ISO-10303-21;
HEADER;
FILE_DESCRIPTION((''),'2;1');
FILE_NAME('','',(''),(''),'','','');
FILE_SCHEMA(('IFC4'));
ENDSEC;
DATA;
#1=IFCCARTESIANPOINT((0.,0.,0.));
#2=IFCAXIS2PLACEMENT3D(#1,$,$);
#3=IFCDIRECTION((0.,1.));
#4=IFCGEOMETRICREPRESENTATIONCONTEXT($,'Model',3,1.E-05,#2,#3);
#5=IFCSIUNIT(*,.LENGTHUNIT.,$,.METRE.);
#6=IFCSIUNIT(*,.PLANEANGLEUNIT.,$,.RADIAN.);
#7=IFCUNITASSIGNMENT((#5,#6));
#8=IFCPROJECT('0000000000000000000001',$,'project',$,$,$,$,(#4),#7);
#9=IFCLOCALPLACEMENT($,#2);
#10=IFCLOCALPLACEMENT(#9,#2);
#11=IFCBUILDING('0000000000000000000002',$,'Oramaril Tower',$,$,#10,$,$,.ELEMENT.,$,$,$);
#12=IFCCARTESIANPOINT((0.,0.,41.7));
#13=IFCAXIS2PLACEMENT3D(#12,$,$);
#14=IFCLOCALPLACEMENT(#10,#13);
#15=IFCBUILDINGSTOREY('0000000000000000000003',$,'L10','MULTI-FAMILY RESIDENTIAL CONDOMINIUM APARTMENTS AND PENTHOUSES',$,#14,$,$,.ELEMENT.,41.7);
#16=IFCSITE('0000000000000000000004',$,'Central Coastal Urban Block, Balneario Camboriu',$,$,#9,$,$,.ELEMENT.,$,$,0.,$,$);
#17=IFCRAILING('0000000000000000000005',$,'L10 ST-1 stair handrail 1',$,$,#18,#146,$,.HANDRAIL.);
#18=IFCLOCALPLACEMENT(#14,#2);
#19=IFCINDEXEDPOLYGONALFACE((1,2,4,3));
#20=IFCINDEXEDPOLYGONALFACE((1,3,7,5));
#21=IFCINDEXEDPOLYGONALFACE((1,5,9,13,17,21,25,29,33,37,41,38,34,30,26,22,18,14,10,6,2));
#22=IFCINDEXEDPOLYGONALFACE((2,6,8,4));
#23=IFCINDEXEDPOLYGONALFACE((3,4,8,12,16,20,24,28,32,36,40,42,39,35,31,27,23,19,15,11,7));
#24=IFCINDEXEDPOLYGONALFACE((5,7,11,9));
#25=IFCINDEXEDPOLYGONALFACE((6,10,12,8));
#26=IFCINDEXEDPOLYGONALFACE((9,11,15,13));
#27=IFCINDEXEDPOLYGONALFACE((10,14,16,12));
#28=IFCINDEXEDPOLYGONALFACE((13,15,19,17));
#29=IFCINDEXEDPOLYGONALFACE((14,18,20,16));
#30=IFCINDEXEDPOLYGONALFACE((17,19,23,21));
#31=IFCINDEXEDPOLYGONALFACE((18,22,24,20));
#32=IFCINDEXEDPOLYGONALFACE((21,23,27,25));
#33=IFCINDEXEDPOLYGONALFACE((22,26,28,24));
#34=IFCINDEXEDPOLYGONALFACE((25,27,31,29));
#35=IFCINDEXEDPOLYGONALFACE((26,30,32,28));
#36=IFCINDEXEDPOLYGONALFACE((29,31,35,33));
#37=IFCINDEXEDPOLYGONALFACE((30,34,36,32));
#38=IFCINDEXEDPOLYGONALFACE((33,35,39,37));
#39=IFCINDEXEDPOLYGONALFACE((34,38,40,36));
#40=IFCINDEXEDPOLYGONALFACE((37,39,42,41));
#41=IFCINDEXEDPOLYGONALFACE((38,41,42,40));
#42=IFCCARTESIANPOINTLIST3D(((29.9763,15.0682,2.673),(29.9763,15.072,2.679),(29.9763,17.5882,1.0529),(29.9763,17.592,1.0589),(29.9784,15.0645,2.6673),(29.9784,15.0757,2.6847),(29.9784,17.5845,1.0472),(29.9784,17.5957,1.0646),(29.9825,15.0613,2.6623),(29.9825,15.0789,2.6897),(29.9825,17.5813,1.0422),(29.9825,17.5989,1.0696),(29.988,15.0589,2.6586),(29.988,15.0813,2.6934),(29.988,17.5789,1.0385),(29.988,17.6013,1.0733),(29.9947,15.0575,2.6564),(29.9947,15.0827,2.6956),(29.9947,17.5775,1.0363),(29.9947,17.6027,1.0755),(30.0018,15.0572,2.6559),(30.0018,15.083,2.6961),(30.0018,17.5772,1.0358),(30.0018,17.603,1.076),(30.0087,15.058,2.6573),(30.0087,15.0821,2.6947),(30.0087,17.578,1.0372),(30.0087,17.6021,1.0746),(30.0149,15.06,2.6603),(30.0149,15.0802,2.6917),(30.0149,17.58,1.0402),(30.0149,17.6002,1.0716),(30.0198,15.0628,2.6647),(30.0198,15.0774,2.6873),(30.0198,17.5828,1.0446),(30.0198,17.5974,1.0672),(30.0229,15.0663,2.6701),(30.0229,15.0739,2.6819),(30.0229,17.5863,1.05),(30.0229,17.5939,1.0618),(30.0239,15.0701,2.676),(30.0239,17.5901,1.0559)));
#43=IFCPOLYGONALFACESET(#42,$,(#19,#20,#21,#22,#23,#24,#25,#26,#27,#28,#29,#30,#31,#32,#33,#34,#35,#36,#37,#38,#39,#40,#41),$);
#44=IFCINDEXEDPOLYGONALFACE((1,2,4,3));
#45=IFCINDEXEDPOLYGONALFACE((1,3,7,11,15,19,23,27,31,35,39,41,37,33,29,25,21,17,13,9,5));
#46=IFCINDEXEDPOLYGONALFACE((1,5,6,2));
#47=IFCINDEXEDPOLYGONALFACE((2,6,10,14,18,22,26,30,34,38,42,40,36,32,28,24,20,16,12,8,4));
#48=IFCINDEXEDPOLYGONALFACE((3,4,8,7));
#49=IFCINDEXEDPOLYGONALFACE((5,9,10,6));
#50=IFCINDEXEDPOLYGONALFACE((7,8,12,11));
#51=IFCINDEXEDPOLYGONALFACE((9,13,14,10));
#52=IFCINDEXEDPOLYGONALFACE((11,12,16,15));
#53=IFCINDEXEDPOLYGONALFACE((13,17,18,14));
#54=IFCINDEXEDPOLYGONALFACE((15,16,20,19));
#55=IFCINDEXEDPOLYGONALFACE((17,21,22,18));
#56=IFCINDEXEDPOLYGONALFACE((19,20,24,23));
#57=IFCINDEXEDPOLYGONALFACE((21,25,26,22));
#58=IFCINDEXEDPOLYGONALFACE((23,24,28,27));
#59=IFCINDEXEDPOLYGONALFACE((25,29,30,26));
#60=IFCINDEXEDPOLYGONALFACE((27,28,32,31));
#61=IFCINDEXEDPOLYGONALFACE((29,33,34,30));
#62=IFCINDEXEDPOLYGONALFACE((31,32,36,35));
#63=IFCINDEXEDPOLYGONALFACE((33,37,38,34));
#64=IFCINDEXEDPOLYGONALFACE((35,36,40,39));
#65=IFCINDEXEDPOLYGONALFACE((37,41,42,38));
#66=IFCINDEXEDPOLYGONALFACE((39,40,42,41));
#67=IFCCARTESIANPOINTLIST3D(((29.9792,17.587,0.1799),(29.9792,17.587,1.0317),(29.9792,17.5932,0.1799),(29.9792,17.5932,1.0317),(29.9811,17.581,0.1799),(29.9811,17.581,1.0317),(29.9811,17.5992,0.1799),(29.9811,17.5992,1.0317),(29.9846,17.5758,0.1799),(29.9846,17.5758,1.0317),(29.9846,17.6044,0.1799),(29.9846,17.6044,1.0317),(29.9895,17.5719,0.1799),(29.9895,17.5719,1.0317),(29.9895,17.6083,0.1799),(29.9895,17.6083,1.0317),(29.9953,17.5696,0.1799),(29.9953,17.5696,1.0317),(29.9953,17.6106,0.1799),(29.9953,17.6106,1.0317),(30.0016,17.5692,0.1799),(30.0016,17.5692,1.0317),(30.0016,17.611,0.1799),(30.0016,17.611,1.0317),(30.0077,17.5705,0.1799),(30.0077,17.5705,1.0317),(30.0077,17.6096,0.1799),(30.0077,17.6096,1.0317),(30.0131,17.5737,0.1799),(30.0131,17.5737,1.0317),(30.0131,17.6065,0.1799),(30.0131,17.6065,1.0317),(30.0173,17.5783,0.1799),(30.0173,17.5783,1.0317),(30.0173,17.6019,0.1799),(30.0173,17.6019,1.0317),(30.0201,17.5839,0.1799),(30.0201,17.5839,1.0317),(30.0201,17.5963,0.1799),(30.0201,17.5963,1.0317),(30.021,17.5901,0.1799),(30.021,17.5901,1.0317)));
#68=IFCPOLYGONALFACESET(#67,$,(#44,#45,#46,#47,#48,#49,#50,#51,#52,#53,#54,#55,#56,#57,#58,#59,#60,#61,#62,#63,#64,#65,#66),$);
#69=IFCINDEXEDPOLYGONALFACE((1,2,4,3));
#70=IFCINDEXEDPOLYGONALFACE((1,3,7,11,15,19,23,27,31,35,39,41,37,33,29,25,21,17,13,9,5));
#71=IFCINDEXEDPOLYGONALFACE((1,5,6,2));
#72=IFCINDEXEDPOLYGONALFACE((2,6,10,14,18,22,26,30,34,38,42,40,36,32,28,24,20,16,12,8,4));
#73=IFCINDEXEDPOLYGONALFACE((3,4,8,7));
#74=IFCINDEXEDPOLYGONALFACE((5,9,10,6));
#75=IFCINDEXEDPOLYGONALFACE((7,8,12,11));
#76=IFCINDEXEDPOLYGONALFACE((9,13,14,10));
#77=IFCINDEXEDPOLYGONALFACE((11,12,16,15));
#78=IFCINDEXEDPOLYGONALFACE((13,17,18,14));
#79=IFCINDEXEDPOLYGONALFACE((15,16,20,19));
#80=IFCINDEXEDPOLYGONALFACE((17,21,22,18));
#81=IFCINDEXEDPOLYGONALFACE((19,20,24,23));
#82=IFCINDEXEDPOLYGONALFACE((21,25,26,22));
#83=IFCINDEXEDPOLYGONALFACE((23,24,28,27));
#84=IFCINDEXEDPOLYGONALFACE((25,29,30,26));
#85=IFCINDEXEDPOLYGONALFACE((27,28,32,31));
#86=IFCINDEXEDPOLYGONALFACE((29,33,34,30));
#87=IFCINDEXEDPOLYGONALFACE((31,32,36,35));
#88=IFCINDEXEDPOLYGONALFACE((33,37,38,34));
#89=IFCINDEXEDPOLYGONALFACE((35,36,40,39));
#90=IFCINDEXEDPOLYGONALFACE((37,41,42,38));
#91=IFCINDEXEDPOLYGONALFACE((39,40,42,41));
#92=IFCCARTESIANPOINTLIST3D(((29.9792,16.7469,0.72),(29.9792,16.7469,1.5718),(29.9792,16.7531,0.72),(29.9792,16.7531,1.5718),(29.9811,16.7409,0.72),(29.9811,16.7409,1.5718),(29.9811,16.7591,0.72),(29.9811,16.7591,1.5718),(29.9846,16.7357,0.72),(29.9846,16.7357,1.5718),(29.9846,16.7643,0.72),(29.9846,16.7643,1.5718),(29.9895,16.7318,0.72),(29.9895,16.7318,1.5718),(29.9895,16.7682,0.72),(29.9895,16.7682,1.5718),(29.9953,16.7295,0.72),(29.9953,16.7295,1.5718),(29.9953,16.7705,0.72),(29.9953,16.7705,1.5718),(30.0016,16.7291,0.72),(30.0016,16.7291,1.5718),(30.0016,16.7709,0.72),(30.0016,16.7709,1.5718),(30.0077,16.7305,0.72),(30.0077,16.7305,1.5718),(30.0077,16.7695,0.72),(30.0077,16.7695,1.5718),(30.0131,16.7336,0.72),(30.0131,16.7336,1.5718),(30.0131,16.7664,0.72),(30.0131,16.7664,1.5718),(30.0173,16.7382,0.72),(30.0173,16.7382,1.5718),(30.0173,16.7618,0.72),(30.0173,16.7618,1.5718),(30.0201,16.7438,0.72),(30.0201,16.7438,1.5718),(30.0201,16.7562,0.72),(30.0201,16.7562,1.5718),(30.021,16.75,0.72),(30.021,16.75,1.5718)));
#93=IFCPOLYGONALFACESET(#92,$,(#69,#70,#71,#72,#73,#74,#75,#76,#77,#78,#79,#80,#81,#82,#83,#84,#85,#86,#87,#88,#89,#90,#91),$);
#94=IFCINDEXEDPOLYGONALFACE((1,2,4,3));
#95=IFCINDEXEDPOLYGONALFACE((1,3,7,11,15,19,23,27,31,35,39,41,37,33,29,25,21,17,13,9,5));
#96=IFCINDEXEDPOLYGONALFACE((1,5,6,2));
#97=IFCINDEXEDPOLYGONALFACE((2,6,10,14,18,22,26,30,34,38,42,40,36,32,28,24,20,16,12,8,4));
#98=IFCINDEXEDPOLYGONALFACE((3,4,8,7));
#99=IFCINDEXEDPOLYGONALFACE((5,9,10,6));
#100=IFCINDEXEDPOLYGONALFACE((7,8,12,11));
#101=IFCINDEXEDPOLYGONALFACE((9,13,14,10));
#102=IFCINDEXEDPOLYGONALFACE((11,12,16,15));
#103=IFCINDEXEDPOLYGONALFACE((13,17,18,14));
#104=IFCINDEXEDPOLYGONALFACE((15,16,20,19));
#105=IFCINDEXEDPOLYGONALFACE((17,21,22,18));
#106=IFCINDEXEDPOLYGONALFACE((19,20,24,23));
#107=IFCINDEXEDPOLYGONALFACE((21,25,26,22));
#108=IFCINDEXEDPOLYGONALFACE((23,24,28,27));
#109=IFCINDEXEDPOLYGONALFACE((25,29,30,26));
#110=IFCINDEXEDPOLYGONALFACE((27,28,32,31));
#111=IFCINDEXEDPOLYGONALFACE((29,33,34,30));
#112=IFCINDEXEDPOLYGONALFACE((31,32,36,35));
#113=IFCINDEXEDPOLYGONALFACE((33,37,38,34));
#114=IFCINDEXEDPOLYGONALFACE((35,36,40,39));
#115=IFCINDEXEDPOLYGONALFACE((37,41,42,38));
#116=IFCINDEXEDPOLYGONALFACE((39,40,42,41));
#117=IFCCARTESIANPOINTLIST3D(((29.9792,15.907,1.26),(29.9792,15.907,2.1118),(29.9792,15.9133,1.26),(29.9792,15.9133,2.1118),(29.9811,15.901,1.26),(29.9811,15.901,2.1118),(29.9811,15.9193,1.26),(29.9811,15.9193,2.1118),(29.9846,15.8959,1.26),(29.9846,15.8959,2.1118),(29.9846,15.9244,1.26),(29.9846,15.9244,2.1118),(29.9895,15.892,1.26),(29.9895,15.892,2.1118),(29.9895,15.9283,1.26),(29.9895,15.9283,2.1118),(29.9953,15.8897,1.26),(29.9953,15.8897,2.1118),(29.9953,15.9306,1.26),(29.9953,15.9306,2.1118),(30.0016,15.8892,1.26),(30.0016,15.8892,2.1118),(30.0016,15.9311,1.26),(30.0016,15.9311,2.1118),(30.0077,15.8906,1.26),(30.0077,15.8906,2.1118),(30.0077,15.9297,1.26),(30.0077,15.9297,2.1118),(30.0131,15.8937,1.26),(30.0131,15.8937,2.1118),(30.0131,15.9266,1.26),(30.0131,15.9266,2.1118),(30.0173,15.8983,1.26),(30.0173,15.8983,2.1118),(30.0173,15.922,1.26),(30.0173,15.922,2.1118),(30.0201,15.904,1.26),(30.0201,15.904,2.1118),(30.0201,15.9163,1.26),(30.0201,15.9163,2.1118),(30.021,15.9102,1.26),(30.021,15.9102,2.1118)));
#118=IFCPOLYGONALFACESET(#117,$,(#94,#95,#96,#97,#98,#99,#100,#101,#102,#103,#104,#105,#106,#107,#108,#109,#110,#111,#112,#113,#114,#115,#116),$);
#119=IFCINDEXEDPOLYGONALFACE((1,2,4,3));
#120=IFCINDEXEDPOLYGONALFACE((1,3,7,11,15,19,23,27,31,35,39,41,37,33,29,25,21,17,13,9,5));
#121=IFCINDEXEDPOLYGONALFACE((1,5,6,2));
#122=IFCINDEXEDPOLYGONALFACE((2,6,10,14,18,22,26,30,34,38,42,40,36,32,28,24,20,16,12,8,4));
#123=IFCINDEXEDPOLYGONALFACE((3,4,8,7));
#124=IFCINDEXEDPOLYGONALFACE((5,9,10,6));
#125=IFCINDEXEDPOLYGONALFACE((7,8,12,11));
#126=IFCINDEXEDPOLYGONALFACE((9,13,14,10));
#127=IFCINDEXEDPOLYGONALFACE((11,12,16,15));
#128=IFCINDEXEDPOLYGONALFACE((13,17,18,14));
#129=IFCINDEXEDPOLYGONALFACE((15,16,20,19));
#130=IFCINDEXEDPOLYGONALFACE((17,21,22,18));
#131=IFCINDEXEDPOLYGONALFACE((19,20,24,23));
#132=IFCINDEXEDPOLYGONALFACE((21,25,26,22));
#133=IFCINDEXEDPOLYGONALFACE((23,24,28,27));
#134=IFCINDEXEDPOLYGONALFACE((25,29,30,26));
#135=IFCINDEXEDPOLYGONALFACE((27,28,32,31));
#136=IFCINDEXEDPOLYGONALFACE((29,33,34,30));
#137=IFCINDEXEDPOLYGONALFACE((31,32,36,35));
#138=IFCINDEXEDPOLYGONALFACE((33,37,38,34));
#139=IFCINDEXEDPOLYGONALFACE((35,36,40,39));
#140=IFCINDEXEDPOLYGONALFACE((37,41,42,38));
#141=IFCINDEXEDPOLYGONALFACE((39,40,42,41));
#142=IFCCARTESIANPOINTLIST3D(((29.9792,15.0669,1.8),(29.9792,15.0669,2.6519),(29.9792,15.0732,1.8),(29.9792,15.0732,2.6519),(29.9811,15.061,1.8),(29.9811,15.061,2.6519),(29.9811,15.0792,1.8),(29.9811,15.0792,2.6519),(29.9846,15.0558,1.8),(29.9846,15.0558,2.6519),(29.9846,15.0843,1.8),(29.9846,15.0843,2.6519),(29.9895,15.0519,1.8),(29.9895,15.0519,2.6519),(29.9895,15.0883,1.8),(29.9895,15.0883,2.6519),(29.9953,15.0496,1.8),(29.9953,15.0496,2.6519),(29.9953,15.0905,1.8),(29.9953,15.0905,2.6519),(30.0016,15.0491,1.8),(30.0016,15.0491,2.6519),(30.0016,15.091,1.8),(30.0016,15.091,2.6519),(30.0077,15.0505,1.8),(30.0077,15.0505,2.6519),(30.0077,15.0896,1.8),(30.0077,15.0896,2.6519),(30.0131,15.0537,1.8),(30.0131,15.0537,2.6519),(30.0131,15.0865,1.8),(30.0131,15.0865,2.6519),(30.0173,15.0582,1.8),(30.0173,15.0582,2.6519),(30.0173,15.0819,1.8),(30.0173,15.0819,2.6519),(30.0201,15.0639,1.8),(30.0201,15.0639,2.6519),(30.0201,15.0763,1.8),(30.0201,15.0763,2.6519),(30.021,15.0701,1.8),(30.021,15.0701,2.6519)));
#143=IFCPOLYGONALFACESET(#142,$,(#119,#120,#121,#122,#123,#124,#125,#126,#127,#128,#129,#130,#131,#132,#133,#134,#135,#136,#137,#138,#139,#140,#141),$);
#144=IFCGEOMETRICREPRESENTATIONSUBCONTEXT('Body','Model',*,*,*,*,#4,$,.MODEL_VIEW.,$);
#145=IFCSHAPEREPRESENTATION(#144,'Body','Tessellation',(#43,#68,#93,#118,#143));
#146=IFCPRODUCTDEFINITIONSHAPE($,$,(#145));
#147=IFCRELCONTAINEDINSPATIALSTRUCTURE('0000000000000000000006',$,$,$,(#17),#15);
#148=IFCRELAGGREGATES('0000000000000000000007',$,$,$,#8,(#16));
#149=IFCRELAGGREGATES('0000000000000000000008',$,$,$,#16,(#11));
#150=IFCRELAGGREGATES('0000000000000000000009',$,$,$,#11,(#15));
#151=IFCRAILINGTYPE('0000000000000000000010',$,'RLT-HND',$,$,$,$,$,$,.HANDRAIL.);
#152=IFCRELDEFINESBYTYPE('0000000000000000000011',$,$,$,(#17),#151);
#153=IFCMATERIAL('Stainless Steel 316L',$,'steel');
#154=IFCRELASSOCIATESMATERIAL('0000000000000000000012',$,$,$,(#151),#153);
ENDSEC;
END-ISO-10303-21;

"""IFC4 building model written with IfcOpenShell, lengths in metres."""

from ifc_helpers import new_model, si_unit, direction, frame, origin, origin_2d, place, context, subcontext, project, spatial, circle, extrude, material, type_object, element, save


model = new_model("IFC4")

# Units and contexts
model_context = context("Model", 3, precision=1e-05, world=origin(), true_north=direction((0.0, 1.0)))
body_context = subcontext(model_context, "Body", "Model", "MODEL_VIEW")
ifc_project = project(units=[si_unit("LENGTHUNIT", "METRE"), si_unit("PLANEANGLEUNIT", "RADIAN")], contexts=[model_context])

# Site, building, storey
site_placement = place(None, origin())
site = spatial("IfcSite", under=ifc_project, at=site_placement, Name="Central Coastal Urban Block, Balneario Camboriu", CompositionType="ELEMENT", RefElevation=0.0)
building_placement = place(site_placement, origin())
building = spatial("IfcBuilding", under=site, at=building_placement, Name="Oramaril Tower", CompositionType="ELEMENT")
storey_placement = place(building_placement, frame((0.0, 0.0, 41.7)))
storey = spatial("IfcBuildingStorey", under=building, at=storey_placement, Name="L10", Description="MULTI-FAMILY RESIDENTIAL CONDOMINIUM APARTMENTS AND PENTHOUSES", CompositionType="ELEMENT", Elevation=41.7)

# Railing
ifc_material_1 = material(Name="Stainless Steel 316L", Category="steel")
railing_type_1 = type_object("IfcRailingType", Name="RLT-HND", PredefinedType="HANDRAIL", material=ifc_material_1)
railing_1_placement = place(storey_placement, frame((30.0, 17.5901, 0.1799)))
element("IfcRailing", 1, at=railing_1_placement, inside=storey, type_object=railing_type_1, Name="L10 ST-1 stair handrail 1", PredefinedType="HANDRAIL", context=body_context, shape_type="SweptSolid", body=[
    extrude(circle(Radius=0.0239, at=origin_2d()), frame((0.0, 0.0, 0.876), z_axis=(0.0, -0.841163, 0.540782), x_axis=(1.0, 0.0, 0.0)), (0.0, 0.0, 1.0), 2.9958),
    extrude(circle(Radius=0.021, at=origin_2d()), origin(), (0.0, 0.0, 1.0), 0.8518),
    extrude(circle(Radius=0.021, at=origin_2d()), frame((0.0, -0.8401, 0.54)), (0.0, 0.0, 1.0), 0.8518),
    extrude(circle(Radius=0.021, at=origin_2d()), frame((0.0, -1.6799, 1.0801)), (0.0, 0.0, 1.0), 0.8518),
    extrude(circle(Radius=0.021, at=origin_2d()), frame((0.0, -2.52, 1.6201)), (0.0, 0.0, 1.0), 0.8518),
])

save(model, "model.ifc")
